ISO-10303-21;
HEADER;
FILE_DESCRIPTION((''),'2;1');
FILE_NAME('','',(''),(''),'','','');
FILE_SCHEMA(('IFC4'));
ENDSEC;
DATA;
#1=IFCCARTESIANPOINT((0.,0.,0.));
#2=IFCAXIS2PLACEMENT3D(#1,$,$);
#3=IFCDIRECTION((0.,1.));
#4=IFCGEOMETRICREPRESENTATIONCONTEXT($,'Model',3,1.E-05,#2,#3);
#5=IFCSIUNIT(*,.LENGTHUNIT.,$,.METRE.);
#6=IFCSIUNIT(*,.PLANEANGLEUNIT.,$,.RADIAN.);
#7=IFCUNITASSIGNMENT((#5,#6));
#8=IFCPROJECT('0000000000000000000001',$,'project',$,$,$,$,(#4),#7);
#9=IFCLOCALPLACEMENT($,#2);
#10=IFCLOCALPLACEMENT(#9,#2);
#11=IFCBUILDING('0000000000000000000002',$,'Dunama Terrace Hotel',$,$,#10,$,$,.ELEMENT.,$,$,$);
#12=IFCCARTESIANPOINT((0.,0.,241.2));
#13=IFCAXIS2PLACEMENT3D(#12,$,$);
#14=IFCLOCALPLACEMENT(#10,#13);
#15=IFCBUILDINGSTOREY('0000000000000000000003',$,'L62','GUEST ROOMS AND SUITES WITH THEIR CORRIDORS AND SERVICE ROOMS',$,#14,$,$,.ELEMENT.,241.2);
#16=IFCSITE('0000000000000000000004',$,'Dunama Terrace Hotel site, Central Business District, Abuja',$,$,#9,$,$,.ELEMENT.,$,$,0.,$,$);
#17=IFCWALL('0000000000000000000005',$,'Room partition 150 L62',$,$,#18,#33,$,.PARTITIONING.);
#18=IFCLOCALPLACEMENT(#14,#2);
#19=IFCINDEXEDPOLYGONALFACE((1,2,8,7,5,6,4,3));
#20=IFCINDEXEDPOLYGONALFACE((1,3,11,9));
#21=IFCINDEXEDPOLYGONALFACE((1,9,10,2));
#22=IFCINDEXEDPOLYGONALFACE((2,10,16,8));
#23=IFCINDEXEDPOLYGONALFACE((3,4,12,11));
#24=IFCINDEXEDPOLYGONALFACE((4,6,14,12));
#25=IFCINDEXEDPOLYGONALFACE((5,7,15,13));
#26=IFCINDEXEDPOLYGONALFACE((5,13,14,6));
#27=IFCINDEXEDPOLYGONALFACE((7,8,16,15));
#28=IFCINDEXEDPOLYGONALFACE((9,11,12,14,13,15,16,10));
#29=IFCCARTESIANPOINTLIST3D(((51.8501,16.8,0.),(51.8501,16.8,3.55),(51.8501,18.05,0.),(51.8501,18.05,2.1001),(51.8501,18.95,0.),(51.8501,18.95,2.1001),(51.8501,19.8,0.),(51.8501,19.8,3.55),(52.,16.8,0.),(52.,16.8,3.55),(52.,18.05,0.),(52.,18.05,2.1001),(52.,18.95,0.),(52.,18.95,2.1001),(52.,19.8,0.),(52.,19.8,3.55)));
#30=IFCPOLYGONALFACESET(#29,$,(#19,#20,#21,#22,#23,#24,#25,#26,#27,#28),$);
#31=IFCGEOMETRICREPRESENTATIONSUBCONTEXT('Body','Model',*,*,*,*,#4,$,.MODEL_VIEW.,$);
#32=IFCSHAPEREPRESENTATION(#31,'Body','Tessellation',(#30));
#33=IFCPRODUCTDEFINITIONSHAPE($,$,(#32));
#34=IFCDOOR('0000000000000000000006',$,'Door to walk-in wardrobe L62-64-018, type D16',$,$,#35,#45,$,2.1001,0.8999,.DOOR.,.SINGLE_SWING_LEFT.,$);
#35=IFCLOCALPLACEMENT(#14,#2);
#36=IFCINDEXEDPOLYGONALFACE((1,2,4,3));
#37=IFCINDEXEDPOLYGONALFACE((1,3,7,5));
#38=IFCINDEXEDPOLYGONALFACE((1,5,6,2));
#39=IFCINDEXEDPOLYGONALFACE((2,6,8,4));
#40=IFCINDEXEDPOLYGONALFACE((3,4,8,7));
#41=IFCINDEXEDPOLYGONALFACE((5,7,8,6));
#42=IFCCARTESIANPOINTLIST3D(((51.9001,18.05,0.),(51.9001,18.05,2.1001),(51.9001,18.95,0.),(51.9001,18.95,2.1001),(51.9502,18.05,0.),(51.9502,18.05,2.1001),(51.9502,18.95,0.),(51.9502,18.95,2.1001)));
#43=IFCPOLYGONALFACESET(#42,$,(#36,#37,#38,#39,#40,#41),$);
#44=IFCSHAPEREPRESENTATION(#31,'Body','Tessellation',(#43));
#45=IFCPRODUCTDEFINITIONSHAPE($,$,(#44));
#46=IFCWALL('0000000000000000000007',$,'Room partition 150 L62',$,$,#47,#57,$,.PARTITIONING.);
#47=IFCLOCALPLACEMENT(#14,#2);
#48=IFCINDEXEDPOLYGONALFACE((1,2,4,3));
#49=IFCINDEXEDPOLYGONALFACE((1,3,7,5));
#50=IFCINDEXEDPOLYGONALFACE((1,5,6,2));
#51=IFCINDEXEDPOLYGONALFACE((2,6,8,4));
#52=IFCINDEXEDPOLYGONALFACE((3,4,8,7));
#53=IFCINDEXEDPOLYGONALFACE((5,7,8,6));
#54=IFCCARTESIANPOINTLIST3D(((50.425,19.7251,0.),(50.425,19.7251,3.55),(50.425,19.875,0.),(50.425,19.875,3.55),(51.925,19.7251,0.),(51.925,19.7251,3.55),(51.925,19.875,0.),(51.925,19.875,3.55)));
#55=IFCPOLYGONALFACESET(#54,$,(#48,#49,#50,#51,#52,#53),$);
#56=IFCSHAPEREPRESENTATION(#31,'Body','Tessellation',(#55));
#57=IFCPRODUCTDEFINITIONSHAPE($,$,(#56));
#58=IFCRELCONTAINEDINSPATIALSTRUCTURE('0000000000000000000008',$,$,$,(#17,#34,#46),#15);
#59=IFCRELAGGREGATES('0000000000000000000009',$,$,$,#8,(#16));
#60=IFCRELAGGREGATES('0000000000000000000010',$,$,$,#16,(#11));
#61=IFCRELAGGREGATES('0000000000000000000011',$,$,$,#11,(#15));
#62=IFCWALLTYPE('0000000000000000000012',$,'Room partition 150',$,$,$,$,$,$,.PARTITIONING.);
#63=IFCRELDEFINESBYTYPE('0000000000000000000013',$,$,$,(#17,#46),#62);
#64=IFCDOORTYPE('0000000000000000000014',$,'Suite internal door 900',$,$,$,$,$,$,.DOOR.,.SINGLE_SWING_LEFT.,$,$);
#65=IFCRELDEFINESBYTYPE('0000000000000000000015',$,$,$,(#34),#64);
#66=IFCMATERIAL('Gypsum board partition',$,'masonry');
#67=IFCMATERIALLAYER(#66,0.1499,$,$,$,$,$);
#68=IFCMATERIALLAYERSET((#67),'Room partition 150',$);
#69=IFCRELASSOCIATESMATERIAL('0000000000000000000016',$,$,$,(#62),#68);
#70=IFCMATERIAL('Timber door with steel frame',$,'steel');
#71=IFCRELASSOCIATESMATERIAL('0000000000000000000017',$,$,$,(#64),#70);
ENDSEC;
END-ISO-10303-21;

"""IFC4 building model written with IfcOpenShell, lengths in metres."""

from ifc_helpers import new_model, si_unit, direction, frame, frame_2d, origin, place, context, subcontext, project, spatial, rectangle, extrude, material, layer, layer_set, type_object, element, fill, save


model = new_model("IFC4")

# Units and contexts
model_context = context("Model", 3, precision=1e-05, world=origin(), true_north=direction((0.0, 1.0)))
body_context = subcontext(model_context, "Body", "Model", "MODEL_VIEW")
ifc_project = project(units=[si_unit("LENGTHUNIT", "METRE"), si_unit("PLANEANGLEUNIT", "RADIAN")], contexts=[model_context])

# Site, building, storey
site_placement = place(None, origin())
site = spatial("IfcSite", under=ifc_project, at=site_placement, Name="Dunama Terrace Hotel site, Central Business District, Abuja", CompositionType="ELEMENT", RefElevation=0.0)
building_placement = place(site_placement, origin())
building = spatial("IfcBuilding", under=site, at=building_placement, Name="Dunama Terrace Hotel", CompositionType="ELEMENT")
storey_placement = place(building_placement, frame((0.0, 0.0, 241.2)))
storey = spatial("IfcBuildingStorey", under=building, at=storey_placement, Name="L62", Description="GUEST ROOMS AND SUITES WITH THEIR CORRIDORS AND SERVICE ROOMS", CompositionType="ELEMENT", Elevation=241.2)

# Shared definitions
ifc_material_1 = material(Name="Gypsum board partition", Category="masonry")
ifc_layer_1 = layer(ifc_material_1, 0.1499)
ifc_layer_set_1 = layer_set([ifc_layer_1], Name="Room partition 150")
wall_type_1 = type_object("IfcWallType", Name="Room partition 150", PredefinedType="PARTITIONING", material=ifc_layer_set_1)

# Wall, opening, door
wall_1_placement = place(storey_placement, frame((51.925, 16.8, 0.0), z_axis=(0.0, 0.0, 1.0), x_axis=(0.0, 1.0, 0.0)))
wall_1 = element("IfcWall", 1, at=wall_1_placement, inside=storey, type_object=wall_type_1, Name="Room partition 150 L62", PredefinedType="PARTITIONING", context=body_context, shape_type="SweptSolid", body=[
    extrude(rectangle(XDim=3.0, YDim=0.1499, at=frame_2d((1.5, 0.0))), origin(), (0.0, 0.0, 1.0), 3.55),
])
opening_1_placement = place(wall_1_placement, frame((1.25, 0.0, 0.0)))
opening_1 = element("IfcOpeningElement", 2, at=opening_1_placement, cuts=wall_1, PredefinedType="OPENING", context=body_context, shape_type="SweptSolid", body=[
    extrude(rectangle(XDim=0.8999, YDim=2.1001, at=frame_2d((0.45, 1.05))), frame((0.0, 0.085, 0.0), z_axis=(0.0, -1.0, 0.0), x_axis=(1.0, 0.0, 0.0)), (0.0, 0.0, 1.0), 0.1699),
])
ifc_material_2 = material(Name="Timber door with steel frame", Category="steel")
door_type_1 = type_object("IfcDoorType", Name="Suite internal door 900", OperationType="SINGLE_SWING_LEFT", PredefinedType="DOOR", material=ifc_material_2)
door_1_placement = place(opening_1_placement, origin())
door_1 = element("IfcDoor", 3, at=door_1_placement, inside=storey, type_object=door_type_1, Name="Door to walk-in wardrobe L62-64-018, type D16", OperationType="SINGLE_SWING_LEFT", OverallHeight=2.1001, OverallWidth=0.8999, PredefinedType="DOOR", context=body_context, shape_type="SweptSolid", body=[
    extrude(rectangle(XDim=0.8999, YDim=2.1001, at=frame_2d((0.45, 1.05))), frame((0.0, 0.0249, 0.0), z_axis=(0.0, -1.0, 0.0), x_axis=(1.0, 0.0, 0.0)), (0.0, 0.0, 1.0), 0.05),
])
fill(opening_1, door_1)

# Wall
wall_2_placement = place(storey_placement, frame((50.425, 19.8, 0.0), z_axis=(0.0, 0.0, 1.0), x_axis=(1.0, 0.0, 0.0)))
element("IfcWall", 4, at=wall_2_placement, inside=storey, type_object=wall_type_1, Name="Room partition 150 L62", PredefinedType="PARTITIONING", context=body_context, shape_type="SweptSolid", body=[
    extrude(rectangle(XDim=1.5, YDim=0.1499, at=frame_2d((0.75, 0.0))), origin(), (0.0, 0.0, 1.0), 3.55),
])

save(model, "model.ifc")
